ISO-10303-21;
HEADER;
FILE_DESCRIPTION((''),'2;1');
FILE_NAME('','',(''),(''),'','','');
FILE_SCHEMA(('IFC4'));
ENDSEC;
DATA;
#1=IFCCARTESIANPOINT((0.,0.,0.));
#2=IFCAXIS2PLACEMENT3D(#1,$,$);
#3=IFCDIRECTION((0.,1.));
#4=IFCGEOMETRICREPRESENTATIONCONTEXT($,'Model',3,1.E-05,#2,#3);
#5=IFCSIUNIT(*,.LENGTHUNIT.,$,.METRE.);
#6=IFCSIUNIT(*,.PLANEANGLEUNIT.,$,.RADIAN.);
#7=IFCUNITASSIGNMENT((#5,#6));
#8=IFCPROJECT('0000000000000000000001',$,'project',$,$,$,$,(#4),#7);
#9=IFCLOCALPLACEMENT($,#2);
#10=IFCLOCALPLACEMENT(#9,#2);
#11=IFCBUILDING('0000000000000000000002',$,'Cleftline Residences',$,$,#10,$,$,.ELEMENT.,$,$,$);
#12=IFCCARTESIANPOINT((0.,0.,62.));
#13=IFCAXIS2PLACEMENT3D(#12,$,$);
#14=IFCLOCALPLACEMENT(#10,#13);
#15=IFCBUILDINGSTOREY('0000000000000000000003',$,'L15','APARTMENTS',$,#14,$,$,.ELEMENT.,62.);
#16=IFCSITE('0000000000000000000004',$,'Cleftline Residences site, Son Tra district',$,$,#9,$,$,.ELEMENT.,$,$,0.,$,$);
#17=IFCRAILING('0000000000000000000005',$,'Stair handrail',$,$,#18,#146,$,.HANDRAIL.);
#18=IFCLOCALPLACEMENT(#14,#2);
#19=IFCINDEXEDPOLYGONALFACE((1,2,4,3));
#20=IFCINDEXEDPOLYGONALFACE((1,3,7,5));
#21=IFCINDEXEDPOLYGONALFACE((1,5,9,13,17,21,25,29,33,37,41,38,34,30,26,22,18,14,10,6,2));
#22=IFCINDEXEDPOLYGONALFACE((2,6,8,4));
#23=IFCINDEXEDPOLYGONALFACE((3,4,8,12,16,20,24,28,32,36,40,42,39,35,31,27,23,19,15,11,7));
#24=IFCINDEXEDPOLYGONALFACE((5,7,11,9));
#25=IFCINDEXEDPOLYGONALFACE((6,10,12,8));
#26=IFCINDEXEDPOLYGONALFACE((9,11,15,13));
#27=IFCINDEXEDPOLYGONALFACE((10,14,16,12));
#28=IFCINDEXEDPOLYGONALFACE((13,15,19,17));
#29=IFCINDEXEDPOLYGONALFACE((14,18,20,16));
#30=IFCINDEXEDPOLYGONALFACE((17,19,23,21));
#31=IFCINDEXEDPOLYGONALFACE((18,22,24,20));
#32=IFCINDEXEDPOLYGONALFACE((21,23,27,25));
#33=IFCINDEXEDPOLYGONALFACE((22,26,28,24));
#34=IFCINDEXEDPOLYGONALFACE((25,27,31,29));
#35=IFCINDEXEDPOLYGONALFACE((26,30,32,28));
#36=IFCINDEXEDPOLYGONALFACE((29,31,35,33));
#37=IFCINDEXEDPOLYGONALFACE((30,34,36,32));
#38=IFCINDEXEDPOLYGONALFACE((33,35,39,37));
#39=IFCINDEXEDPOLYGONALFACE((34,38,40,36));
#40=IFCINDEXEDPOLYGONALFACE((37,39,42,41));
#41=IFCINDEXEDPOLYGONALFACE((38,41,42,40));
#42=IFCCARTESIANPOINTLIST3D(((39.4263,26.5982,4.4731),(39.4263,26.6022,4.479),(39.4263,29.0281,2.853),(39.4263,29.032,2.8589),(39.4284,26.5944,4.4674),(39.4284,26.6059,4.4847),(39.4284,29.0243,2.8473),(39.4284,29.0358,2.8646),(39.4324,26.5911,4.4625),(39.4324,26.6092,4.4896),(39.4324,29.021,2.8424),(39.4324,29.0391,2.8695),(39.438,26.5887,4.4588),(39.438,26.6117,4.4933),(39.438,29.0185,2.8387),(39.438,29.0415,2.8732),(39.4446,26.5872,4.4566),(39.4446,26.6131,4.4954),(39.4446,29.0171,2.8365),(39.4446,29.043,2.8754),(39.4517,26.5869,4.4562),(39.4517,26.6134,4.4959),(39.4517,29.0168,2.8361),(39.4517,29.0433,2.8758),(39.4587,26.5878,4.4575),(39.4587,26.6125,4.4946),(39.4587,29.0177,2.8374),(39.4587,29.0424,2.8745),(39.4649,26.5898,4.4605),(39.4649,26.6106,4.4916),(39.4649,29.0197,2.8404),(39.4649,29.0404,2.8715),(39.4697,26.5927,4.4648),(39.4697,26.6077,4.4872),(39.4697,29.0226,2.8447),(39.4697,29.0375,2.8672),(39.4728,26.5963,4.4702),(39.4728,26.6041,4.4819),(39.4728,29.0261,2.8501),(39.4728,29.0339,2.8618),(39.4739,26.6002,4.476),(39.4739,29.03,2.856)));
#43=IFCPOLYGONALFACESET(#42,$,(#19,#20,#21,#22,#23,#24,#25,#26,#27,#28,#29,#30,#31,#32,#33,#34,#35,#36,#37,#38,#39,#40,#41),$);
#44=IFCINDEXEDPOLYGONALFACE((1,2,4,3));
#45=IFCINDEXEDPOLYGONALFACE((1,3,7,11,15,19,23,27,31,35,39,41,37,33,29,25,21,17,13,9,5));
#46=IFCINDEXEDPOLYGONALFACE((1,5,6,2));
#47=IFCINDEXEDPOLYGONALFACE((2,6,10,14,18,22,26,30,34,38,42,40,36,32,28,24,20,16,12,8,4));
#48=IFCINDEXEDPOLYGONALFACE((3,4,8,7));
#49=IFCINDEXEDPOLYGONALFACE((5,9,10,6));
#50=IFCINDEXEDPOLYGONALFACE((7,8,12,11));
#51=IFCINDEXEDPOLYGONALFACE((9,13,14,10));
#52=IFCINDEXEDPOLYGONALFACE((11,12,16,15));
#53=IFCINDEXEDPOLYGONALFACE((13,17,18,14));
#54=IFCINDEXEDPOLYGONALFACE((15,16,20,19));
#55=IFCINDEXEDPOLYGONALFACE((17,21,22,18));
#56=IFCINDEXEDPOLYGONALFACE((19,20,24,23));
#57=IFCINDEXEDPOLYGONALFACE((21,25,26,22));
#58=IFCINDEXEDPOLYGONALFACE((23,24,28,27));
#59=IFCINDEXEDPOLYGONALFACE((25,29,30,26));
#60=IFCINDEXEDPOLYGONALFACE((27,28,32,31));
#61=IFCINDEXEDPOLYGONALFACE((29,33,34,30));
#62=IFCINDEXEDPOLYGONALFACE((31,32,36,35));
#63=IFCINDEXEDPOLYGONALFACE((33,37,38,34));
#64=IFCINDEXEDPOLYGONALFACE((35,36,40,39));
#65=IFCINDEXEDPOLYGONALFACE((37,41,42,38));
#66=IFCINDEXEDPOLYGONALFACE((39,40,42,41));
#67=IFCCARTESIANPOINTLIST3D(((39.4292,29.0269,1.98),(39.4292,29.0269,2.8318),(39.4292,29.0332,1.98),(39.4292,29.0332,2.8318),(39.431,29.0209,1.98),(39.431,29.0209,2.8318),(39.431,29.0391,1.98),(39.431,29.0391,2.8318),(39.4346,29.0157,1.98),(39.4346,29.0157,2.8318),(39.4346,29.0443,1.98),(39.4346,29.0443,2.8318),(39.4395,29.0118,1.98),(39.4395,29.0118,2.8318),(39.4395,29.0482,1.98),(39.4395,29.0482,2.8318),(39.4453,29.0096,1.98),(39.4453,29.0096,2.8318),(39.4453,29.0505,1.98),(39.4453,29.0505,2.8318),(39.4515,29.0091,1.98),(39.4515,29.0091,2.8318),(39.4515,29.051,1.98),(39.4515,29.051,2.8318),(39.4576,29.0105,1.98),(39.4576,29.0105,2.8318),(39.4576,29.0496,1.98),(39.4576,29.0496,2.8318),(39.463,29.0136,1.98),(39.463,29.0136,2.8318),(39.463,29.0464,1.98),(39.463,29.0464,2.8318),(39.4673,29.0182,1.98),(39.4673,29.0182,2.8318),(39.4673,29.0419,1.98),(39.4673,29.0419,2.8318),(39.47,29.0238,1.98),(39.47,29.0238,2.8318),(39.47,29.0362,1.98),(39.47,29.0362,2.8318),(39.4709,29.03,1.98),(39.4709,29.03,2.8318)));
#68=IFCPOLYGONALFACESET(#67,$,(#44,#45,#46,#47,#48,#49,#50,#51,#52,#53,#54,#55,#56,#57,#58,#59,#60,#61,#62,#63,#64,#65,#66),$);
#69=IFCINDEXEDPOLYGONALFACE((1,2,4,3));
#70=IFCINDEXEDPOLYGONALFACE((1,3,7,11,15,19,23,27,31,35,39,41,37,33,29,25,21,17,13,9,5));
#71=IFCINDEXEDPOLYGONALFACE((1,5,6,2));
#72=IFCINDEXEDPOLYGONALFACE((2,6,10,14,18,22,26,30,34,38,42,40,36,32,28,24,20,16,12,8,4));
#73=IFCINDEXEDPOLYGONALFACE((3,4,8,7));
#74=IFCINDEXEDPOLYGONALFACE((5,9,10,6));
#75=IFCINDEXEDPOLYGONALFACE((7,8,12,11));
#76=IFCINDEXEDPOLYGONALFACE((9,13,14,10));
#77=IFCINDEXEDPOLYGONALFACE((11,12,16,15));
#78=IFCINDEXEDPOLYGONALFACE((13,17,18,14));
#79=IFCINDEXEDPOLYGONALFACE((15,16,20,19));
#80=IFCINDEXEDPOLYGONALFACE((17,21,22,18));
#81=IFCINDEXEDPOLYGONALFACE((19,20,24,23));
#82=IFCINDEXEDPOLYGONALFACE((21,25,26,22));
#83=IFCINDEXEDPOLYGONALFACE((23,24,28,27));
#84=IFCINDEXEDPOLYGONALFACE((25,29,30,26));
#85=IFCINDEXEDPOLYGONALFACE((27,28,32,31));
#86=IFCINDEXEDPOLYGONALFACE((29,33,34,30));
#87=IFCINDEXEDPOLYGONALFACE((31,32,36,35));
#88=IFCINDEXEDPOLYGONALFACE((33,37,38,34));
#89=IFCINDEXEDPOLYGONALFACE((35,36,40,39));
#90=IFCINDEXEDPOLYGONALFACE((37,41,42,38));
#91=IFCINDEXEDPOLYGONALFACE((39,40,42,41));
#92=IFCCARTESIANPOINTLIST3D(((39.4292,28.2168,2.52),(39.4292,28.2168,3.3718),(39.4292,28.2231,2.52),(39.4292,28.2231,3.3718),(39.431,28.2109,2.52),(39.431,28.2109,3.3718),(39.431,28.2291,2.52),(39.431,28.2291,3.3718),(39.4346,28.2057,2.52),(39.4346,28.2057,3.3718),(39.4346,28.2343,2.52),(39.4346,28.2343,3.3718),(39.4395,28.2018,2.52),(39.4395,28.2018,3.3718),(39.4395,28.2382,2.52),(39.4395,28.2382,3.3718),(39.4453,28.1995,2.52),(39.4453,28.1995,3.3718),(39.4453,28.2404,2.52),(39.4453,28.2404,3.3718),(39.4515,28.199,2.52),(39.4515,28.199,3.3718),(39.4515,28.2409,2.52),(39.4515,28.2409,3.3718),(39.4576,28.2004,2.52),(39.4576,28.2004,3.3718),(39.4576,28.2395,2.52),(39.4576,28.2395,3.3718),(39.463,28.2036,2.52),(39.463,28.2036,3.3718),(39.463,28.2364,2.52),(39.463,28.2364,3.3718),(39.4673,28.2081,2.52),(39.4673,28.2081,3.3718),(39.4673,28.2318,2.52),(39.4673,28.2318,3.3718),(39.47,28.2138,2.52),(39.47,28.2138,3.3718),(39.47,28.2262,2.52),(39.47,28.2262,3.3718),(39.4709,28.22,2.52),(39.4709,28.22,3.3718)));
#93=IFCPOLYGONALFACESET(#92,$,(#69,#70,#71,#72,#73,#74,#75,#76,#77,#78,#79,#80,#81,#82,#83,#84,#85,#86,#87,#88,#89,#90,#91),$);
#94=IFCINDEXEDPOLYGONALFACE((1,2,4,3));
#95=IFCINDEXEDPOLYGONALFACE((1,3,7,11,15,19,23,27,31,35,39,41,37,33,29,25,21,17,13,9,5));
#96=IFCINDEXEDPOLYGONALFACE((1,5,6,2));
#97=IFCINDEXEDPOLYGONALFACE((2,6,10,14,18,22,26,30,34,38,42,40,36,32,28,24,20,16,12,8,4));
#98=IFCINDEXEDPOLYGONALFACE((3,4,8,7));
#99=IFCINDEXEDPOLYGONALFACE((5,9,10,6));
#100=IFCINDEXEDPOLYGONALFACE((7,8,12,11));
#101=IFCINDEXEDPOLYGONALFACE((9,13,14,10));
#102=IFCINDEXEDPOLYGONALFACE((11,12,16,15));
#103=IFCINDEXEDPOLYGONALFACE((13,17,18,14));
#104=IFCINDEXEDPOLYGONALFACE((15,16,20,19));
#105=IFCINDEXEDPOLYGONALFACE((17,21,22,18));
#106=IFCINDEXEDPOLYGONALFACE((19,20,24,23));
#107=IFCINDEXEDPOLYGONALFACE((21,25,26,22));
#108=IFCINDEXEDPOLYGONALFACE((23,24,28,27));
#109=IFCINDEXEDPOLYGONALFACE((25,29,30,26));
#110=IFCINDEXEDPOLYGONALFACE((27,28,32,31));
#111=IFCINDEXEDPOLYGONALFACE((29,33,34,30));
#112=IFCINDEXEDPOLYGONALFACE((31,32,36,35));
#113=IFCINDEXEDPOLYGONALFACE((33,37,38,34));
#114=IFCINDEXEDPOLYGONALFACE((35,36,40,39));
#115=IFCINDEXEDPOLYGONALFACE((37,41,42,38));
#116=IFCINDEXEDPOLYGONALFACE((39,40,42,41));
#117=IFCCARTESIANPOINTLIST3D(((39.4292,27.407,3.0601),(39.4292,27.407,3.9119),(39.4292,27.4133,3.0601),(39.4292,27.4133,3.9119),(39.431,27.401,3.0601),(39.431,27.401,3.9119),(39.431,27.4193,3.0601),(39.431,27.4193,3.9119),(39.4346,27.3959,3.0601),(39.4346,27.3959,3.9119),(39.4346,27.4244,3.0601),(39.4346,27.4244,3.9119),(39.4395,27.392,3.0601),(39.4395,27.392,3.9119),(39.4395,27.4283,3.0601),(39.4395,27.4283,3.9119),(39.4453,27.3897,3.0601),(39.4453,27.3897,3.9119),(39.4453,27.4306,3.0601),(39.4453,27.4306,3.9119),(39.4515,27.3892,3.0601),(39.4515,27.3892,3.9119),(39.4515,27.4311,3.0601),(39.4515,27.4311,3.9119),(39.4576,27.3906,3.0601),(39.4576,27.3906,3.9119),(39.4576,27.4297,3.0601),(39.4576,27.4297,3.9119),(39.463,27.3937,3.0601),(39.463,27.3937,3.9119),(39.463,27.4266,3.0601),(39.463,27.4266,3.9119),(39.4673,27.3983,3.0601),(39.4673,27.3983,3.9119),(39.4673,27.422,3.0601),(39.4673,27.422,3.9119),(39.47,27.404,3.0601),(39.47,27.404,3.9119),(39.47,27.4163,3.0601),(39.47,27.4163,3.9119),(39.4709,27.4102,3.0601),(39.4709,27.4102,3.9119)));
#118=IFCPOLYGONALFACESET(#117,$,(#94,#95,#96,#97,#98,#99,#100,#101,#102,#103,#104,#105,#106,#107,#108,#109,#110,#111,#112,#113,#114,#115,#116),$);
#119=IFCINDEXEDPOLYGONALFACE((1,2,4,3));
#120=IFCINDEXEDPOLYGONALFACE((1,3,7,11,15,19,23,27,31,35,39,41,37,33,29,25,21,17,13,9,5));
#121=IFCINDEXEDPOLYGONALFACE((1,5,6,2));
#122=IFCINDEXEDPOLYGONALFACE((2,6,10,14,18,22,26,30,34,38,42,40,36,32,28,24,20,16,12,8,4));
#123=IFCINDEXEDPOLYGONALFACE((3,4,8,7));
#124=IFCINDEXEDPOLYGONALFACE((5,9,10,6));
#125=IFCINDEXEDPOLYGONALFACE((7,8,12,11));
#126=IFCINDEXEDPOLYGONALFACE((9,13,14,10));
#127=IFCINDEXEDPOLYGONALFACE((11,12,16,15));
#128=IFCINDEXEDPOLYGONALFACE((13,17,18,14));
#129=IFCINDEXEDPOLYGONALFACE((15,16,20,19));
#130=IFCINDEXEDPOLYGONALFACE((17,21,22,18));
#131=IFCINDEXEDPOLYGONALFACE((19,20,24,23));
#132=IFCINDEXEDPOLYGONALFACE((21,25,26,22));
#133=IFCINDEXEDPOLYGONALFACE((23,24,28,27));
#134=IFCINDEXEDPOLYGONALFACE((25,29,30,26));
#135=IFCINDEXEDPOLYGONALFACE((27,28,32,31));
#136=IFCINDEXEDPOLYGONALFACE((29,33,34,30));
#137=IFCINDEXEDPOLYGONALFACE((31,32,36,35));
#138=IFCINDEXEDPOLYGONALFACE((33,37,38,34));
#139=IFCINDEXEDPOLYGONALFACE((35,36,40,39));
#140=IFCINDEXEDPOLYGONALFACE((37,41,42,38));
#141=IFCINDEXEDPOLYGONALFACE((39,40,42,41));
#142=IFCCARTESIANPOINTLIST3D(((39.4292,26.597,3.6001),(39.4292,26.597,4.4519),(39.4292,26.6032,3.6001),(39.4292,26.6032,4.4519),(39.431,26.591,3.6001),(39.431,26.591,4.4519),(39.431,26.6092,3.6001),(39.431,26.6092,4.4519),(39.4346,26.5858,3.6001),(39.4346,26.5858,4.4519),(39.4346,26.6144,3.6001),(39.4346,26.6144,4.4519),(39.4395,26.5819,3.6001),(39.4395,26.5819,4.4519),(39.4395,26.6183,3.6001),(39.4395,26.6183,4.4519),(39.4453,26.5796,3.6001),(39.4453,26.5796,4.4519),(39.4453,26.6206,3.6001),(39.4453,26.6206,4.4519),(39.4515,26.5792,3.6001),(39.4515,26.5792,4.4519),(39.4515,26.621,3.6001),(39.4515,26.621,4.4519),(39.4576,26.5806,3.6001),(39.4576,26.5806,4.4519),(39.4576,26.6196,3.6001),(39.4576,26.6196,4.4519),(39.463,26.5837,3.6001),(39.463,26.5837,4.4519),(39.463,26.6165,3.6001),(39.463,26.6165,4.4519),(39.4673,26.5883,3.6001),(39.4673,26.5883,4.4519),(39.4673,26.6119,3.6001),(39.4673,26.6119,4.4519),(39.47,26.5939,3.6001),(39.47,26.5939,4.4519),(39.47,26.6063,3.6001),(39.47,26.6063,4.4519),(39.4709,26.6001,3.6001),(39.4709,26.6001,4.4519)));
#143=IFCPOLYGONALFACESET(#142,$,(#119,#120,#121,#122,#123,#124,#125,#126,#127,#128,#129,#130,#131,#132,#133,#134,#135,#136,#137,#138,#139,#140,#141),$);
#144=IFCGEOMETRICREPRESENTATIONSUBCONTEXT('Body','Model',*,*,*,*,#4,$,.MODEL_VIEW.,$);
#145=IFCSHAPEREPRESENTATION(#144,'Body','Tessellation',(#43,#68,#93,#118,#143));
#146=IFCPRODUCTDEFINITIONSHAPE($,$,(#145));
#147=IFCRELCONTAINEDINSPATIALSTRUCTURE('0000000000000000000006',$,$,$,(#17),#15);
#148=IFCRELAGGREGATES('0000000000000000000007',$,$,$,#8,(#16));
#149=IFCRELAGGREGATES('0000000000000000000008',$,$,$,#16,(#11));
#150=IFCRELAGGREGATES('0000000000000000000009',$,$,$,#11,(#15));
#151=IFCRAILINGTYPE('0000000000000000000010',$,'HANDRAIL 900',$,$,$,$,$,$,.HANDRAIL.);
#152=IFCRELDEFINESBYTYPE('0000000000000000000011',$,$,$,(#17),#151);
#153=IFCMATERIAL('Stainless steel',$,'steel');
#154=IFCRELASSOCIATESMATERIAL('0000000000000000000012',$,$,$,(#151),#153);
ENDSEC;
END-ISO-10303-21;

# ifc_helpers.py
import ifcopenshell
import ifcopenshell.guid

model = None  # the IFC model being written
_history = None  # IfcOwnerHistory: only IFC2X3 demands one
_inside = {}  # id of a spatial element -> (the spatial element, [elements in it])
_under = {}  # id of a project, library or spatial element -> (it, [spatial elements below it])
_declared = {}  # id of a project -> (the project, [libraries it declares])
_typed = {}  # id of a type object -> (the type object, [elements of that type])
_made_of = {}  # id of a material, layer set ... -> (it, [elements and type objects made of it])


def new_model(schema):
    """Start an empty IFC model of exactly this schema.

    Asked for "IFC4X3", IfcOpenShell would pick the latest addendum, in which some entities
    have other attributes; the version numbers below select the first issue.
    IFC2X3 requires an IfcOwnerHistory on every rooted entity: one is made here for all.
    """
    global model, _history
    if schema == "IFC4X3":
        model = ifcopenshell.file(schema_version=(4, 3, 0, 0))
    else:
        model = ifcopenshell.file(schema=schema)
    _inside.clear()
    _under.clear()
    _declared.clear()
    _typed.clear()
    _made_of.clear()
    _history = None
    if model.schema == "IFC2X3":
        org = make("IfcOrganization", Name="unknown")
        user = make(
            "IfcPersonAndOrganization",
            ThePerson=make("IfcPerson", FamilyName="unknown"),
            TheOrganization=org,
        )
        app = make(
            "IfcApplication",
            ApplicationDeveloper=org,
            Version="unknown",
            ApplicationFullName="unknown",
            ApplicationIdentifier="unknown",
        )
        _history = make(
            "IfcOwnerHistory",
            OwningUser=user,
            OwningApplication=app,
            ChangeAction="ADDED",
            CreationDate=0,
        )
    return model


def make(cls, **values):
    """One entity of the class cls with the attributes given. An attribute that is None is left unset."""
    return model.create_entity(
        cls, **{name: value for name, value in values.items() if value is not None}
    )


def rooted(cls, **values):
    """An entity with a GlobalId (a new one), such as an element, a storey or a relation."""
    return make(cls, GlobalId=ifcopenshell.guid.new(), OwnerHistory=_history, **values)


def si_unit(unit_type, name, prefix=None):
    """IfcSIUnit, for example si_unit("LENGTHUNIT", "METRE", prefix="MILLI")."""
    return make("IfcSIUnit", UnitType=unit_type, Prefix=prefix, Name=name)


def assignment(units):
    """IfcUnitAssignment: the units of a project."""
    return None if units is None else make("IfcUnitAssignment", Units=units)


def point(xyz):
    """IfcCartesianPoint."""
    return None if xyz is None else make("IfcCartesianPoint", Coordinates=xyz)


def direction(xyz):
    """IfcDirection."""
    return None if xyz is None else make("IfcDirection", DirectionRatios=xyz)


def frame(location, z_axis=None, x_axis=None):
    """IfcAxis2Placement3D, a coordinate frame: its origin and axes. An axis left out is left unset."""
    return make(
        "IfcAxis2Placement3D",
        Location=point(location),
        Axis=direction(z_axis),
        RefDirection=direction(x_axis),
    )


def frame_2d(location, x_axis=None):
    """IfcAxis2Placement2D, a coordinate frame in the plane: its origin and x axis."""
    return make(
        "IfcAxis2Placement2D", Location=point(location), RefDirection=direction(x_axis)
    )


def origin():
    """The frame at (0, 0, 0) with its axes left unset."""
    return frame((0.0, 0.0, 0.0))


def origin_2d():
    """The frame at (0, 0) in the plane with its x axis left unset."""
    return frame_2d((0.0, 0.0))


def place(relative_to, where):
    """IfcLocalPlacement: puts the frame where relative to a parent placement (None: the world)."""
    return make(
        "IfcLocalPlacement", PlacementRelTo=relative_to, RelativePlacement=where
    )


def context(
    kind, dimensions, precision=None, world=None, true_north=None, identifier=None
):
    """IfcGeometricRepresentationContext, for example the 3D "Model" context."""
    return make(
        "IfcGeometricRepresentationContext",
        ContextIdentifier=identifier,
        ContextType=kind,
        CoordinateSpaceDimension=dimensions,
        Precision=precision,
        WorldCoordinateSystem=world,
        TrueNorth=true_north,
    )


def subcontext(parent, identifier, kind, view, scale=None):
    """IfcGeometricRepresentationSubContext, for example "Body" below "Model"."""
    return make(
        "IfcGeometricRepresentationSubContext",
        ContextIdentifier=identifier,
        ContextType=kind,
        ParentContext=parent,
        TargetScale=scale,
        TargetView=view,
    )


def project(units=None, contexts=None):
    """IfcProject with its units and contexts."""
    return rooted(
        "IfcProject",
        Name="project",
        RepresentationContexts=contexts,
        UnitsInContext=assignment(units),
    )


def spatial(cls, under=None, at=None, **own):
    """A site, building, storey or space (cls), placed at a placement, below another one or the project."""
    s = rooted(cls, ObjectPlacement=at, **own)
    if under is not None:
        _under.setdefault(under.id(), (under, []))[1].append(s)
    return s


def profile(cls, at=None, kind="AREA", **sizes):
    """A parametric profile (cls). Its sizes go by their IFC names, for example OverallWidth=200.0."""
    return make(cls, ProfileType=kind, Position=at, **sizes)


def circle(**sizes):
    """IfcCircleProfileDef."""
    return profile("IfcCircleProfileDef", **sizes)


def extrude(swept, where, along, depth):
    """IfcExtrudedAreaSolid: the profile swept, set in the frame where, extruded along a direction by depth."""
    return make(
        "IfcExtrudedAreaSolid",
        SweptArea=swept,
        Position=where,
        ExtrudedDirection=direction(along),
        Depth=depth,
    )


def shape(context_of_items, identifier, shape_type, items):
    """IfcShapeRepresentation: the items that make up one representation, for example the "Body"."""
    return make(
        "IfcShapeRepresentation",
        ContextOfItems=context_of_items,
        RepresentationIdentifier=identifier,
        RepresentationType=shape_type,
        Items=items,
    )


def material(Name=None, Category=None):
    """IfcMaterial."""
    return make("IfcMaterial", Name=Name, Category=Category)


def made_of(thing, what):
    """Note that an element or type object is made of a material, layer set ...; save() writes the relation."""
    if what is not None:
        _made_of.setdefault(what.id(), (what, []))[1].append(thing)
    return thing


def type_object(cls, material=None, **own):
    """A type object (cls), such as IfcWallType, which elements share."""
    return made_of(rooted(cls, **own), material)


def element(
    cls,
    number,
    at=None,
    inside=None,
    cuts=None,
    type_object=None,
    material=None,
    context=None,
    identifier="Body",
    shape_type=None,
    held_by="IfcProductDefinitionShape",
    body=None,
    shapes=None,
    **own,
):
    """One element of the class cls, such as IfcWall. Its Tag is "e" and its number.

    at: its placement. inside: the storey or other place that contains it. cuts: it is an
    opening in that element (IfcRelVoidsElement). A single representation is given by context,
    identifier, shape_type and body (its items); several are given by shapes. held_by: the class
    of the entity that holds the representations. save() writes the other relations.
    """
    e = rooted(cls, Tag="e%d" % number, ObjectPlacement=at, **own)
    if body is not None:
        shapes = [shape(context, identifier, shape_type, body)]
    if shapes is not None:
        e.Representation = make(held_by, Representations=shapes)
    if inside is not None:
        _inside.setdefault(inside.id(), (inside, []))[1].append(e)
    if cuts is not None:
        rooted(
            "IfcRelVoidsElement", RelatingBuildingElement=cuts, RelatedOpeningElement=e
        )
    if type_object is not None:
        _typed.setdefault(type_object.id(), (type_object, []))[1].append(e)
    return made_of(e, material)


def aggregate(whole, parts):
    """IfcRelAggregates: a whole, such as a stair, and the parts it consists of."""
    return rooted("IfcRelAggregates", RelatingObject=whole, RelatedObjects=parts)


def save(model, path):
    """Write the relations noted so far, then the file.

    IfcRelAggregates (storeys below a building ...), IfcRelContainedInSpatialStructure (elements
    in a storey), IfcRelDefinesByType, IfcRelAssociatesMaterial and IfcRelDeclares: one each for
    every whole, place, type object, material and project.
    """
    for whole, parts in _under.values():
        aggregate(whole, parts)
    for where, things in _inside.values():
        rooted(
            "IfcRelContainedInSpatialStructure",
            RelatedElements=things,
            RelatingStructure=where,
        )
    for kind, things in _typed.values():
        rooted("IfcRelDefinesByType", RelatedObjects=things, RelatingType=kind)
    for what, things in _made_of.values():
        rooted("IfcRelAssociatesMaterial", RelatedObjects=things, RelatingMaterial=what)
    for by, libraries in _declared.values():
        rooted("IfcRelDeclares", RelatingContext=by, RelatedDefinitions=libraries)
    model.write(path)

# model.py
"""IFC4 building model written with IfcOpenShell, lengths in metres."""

from ifc_helpers import new_model, si_unit, direction, frame, origin, origin_2d, place, context, subcontext, project, spatial, circle, extrude, material, type_object, element, save


model = new_model("IFC4")

# Units and contexts
model_context = context("Model", 3, precision=1e-05, world=origin(), true_north=direction((0.0, 1.0)))
body_context = subcontext(model_context, "Body", "Model", "MODEL_VIEW")
ifc_project = project(units=[si_unit("LENGTHUNIT", "METRE"), si_unit("PLANEANGLEUNIT", "RADIAN")], contexts=[model_context])

# Site, building, storey
site_placement = place(None, origin())
site = spatial("IfcSite", under=ifc_project, at=site_placement, Name="Cleftline Residences site, Son Tra district", CompositionType="ELEMENT", RefElevation=0.0)
building_placement = place(site_placement, origin())
building = spatial("IfcBuilding", under=site, at=building_placement, Name="Cleftline Residences", CompositionType="ELEMENT")
storey_placement = place(building_placement, frame((0.0, 0.0, 62.0)))
storey = spatial("IfcBuildingStorey", under=building, at=storey_placement, Name="L15", Description="APARTMENTS", CompositionType="ELEMENT", Elevation=62.0)

# Railing
ifc_material_1 = material(Name="Stainless steel", Category="steel")
railing_type = type_object("IfcRailingType", Name="HANDRAIL 900", PredefinedType="HANDRAIL", material=ifc_material_1)
railing_1_placement = place(storey_placement, frame((39.45, 29.03, 1.98)))
element("IfcRailing", 1, at=railing_1_placement, inside=storey, type_object=railing_type, Name="Stair handrail", PredefinedType="HANDRAIL", context=body_context, shape_type="SweptSolid", body=[
    extrude(circle(Radius=0.0239, at=origin_2d()), frame((0.0, 0.0, 0.876), z_axis=(0.0, -0.832025, 0.554739), x_axis=(1.0, 0.0, 0.0)), (0.0, 0.0, 1.0), 2.9204),
    extrude(circle(Radius=0.021, at=origin_2d()), origin(), (0.0, 0.0, 1.0), 0.8518),
    extrude(circle(Radius=0.021, at=origin_2d()), frame((0.0, -0.8101, 0.54)), (0.0, 0.0, 1.0), 0.8518),
    extrude(circle(Radius=0.021, at=origin_2d()), frame((0.0, -1.6199, 1.0801)), (0.0, 0.0, 1.0), 0.8518),
    extrude(circle(Radius=0.021, at=origin_2d()), frame((0.0, -2.4299, 1.6201)), (0.0, 0.0, 1.0), 0.8518),
])

save(model, "model.ifc")
